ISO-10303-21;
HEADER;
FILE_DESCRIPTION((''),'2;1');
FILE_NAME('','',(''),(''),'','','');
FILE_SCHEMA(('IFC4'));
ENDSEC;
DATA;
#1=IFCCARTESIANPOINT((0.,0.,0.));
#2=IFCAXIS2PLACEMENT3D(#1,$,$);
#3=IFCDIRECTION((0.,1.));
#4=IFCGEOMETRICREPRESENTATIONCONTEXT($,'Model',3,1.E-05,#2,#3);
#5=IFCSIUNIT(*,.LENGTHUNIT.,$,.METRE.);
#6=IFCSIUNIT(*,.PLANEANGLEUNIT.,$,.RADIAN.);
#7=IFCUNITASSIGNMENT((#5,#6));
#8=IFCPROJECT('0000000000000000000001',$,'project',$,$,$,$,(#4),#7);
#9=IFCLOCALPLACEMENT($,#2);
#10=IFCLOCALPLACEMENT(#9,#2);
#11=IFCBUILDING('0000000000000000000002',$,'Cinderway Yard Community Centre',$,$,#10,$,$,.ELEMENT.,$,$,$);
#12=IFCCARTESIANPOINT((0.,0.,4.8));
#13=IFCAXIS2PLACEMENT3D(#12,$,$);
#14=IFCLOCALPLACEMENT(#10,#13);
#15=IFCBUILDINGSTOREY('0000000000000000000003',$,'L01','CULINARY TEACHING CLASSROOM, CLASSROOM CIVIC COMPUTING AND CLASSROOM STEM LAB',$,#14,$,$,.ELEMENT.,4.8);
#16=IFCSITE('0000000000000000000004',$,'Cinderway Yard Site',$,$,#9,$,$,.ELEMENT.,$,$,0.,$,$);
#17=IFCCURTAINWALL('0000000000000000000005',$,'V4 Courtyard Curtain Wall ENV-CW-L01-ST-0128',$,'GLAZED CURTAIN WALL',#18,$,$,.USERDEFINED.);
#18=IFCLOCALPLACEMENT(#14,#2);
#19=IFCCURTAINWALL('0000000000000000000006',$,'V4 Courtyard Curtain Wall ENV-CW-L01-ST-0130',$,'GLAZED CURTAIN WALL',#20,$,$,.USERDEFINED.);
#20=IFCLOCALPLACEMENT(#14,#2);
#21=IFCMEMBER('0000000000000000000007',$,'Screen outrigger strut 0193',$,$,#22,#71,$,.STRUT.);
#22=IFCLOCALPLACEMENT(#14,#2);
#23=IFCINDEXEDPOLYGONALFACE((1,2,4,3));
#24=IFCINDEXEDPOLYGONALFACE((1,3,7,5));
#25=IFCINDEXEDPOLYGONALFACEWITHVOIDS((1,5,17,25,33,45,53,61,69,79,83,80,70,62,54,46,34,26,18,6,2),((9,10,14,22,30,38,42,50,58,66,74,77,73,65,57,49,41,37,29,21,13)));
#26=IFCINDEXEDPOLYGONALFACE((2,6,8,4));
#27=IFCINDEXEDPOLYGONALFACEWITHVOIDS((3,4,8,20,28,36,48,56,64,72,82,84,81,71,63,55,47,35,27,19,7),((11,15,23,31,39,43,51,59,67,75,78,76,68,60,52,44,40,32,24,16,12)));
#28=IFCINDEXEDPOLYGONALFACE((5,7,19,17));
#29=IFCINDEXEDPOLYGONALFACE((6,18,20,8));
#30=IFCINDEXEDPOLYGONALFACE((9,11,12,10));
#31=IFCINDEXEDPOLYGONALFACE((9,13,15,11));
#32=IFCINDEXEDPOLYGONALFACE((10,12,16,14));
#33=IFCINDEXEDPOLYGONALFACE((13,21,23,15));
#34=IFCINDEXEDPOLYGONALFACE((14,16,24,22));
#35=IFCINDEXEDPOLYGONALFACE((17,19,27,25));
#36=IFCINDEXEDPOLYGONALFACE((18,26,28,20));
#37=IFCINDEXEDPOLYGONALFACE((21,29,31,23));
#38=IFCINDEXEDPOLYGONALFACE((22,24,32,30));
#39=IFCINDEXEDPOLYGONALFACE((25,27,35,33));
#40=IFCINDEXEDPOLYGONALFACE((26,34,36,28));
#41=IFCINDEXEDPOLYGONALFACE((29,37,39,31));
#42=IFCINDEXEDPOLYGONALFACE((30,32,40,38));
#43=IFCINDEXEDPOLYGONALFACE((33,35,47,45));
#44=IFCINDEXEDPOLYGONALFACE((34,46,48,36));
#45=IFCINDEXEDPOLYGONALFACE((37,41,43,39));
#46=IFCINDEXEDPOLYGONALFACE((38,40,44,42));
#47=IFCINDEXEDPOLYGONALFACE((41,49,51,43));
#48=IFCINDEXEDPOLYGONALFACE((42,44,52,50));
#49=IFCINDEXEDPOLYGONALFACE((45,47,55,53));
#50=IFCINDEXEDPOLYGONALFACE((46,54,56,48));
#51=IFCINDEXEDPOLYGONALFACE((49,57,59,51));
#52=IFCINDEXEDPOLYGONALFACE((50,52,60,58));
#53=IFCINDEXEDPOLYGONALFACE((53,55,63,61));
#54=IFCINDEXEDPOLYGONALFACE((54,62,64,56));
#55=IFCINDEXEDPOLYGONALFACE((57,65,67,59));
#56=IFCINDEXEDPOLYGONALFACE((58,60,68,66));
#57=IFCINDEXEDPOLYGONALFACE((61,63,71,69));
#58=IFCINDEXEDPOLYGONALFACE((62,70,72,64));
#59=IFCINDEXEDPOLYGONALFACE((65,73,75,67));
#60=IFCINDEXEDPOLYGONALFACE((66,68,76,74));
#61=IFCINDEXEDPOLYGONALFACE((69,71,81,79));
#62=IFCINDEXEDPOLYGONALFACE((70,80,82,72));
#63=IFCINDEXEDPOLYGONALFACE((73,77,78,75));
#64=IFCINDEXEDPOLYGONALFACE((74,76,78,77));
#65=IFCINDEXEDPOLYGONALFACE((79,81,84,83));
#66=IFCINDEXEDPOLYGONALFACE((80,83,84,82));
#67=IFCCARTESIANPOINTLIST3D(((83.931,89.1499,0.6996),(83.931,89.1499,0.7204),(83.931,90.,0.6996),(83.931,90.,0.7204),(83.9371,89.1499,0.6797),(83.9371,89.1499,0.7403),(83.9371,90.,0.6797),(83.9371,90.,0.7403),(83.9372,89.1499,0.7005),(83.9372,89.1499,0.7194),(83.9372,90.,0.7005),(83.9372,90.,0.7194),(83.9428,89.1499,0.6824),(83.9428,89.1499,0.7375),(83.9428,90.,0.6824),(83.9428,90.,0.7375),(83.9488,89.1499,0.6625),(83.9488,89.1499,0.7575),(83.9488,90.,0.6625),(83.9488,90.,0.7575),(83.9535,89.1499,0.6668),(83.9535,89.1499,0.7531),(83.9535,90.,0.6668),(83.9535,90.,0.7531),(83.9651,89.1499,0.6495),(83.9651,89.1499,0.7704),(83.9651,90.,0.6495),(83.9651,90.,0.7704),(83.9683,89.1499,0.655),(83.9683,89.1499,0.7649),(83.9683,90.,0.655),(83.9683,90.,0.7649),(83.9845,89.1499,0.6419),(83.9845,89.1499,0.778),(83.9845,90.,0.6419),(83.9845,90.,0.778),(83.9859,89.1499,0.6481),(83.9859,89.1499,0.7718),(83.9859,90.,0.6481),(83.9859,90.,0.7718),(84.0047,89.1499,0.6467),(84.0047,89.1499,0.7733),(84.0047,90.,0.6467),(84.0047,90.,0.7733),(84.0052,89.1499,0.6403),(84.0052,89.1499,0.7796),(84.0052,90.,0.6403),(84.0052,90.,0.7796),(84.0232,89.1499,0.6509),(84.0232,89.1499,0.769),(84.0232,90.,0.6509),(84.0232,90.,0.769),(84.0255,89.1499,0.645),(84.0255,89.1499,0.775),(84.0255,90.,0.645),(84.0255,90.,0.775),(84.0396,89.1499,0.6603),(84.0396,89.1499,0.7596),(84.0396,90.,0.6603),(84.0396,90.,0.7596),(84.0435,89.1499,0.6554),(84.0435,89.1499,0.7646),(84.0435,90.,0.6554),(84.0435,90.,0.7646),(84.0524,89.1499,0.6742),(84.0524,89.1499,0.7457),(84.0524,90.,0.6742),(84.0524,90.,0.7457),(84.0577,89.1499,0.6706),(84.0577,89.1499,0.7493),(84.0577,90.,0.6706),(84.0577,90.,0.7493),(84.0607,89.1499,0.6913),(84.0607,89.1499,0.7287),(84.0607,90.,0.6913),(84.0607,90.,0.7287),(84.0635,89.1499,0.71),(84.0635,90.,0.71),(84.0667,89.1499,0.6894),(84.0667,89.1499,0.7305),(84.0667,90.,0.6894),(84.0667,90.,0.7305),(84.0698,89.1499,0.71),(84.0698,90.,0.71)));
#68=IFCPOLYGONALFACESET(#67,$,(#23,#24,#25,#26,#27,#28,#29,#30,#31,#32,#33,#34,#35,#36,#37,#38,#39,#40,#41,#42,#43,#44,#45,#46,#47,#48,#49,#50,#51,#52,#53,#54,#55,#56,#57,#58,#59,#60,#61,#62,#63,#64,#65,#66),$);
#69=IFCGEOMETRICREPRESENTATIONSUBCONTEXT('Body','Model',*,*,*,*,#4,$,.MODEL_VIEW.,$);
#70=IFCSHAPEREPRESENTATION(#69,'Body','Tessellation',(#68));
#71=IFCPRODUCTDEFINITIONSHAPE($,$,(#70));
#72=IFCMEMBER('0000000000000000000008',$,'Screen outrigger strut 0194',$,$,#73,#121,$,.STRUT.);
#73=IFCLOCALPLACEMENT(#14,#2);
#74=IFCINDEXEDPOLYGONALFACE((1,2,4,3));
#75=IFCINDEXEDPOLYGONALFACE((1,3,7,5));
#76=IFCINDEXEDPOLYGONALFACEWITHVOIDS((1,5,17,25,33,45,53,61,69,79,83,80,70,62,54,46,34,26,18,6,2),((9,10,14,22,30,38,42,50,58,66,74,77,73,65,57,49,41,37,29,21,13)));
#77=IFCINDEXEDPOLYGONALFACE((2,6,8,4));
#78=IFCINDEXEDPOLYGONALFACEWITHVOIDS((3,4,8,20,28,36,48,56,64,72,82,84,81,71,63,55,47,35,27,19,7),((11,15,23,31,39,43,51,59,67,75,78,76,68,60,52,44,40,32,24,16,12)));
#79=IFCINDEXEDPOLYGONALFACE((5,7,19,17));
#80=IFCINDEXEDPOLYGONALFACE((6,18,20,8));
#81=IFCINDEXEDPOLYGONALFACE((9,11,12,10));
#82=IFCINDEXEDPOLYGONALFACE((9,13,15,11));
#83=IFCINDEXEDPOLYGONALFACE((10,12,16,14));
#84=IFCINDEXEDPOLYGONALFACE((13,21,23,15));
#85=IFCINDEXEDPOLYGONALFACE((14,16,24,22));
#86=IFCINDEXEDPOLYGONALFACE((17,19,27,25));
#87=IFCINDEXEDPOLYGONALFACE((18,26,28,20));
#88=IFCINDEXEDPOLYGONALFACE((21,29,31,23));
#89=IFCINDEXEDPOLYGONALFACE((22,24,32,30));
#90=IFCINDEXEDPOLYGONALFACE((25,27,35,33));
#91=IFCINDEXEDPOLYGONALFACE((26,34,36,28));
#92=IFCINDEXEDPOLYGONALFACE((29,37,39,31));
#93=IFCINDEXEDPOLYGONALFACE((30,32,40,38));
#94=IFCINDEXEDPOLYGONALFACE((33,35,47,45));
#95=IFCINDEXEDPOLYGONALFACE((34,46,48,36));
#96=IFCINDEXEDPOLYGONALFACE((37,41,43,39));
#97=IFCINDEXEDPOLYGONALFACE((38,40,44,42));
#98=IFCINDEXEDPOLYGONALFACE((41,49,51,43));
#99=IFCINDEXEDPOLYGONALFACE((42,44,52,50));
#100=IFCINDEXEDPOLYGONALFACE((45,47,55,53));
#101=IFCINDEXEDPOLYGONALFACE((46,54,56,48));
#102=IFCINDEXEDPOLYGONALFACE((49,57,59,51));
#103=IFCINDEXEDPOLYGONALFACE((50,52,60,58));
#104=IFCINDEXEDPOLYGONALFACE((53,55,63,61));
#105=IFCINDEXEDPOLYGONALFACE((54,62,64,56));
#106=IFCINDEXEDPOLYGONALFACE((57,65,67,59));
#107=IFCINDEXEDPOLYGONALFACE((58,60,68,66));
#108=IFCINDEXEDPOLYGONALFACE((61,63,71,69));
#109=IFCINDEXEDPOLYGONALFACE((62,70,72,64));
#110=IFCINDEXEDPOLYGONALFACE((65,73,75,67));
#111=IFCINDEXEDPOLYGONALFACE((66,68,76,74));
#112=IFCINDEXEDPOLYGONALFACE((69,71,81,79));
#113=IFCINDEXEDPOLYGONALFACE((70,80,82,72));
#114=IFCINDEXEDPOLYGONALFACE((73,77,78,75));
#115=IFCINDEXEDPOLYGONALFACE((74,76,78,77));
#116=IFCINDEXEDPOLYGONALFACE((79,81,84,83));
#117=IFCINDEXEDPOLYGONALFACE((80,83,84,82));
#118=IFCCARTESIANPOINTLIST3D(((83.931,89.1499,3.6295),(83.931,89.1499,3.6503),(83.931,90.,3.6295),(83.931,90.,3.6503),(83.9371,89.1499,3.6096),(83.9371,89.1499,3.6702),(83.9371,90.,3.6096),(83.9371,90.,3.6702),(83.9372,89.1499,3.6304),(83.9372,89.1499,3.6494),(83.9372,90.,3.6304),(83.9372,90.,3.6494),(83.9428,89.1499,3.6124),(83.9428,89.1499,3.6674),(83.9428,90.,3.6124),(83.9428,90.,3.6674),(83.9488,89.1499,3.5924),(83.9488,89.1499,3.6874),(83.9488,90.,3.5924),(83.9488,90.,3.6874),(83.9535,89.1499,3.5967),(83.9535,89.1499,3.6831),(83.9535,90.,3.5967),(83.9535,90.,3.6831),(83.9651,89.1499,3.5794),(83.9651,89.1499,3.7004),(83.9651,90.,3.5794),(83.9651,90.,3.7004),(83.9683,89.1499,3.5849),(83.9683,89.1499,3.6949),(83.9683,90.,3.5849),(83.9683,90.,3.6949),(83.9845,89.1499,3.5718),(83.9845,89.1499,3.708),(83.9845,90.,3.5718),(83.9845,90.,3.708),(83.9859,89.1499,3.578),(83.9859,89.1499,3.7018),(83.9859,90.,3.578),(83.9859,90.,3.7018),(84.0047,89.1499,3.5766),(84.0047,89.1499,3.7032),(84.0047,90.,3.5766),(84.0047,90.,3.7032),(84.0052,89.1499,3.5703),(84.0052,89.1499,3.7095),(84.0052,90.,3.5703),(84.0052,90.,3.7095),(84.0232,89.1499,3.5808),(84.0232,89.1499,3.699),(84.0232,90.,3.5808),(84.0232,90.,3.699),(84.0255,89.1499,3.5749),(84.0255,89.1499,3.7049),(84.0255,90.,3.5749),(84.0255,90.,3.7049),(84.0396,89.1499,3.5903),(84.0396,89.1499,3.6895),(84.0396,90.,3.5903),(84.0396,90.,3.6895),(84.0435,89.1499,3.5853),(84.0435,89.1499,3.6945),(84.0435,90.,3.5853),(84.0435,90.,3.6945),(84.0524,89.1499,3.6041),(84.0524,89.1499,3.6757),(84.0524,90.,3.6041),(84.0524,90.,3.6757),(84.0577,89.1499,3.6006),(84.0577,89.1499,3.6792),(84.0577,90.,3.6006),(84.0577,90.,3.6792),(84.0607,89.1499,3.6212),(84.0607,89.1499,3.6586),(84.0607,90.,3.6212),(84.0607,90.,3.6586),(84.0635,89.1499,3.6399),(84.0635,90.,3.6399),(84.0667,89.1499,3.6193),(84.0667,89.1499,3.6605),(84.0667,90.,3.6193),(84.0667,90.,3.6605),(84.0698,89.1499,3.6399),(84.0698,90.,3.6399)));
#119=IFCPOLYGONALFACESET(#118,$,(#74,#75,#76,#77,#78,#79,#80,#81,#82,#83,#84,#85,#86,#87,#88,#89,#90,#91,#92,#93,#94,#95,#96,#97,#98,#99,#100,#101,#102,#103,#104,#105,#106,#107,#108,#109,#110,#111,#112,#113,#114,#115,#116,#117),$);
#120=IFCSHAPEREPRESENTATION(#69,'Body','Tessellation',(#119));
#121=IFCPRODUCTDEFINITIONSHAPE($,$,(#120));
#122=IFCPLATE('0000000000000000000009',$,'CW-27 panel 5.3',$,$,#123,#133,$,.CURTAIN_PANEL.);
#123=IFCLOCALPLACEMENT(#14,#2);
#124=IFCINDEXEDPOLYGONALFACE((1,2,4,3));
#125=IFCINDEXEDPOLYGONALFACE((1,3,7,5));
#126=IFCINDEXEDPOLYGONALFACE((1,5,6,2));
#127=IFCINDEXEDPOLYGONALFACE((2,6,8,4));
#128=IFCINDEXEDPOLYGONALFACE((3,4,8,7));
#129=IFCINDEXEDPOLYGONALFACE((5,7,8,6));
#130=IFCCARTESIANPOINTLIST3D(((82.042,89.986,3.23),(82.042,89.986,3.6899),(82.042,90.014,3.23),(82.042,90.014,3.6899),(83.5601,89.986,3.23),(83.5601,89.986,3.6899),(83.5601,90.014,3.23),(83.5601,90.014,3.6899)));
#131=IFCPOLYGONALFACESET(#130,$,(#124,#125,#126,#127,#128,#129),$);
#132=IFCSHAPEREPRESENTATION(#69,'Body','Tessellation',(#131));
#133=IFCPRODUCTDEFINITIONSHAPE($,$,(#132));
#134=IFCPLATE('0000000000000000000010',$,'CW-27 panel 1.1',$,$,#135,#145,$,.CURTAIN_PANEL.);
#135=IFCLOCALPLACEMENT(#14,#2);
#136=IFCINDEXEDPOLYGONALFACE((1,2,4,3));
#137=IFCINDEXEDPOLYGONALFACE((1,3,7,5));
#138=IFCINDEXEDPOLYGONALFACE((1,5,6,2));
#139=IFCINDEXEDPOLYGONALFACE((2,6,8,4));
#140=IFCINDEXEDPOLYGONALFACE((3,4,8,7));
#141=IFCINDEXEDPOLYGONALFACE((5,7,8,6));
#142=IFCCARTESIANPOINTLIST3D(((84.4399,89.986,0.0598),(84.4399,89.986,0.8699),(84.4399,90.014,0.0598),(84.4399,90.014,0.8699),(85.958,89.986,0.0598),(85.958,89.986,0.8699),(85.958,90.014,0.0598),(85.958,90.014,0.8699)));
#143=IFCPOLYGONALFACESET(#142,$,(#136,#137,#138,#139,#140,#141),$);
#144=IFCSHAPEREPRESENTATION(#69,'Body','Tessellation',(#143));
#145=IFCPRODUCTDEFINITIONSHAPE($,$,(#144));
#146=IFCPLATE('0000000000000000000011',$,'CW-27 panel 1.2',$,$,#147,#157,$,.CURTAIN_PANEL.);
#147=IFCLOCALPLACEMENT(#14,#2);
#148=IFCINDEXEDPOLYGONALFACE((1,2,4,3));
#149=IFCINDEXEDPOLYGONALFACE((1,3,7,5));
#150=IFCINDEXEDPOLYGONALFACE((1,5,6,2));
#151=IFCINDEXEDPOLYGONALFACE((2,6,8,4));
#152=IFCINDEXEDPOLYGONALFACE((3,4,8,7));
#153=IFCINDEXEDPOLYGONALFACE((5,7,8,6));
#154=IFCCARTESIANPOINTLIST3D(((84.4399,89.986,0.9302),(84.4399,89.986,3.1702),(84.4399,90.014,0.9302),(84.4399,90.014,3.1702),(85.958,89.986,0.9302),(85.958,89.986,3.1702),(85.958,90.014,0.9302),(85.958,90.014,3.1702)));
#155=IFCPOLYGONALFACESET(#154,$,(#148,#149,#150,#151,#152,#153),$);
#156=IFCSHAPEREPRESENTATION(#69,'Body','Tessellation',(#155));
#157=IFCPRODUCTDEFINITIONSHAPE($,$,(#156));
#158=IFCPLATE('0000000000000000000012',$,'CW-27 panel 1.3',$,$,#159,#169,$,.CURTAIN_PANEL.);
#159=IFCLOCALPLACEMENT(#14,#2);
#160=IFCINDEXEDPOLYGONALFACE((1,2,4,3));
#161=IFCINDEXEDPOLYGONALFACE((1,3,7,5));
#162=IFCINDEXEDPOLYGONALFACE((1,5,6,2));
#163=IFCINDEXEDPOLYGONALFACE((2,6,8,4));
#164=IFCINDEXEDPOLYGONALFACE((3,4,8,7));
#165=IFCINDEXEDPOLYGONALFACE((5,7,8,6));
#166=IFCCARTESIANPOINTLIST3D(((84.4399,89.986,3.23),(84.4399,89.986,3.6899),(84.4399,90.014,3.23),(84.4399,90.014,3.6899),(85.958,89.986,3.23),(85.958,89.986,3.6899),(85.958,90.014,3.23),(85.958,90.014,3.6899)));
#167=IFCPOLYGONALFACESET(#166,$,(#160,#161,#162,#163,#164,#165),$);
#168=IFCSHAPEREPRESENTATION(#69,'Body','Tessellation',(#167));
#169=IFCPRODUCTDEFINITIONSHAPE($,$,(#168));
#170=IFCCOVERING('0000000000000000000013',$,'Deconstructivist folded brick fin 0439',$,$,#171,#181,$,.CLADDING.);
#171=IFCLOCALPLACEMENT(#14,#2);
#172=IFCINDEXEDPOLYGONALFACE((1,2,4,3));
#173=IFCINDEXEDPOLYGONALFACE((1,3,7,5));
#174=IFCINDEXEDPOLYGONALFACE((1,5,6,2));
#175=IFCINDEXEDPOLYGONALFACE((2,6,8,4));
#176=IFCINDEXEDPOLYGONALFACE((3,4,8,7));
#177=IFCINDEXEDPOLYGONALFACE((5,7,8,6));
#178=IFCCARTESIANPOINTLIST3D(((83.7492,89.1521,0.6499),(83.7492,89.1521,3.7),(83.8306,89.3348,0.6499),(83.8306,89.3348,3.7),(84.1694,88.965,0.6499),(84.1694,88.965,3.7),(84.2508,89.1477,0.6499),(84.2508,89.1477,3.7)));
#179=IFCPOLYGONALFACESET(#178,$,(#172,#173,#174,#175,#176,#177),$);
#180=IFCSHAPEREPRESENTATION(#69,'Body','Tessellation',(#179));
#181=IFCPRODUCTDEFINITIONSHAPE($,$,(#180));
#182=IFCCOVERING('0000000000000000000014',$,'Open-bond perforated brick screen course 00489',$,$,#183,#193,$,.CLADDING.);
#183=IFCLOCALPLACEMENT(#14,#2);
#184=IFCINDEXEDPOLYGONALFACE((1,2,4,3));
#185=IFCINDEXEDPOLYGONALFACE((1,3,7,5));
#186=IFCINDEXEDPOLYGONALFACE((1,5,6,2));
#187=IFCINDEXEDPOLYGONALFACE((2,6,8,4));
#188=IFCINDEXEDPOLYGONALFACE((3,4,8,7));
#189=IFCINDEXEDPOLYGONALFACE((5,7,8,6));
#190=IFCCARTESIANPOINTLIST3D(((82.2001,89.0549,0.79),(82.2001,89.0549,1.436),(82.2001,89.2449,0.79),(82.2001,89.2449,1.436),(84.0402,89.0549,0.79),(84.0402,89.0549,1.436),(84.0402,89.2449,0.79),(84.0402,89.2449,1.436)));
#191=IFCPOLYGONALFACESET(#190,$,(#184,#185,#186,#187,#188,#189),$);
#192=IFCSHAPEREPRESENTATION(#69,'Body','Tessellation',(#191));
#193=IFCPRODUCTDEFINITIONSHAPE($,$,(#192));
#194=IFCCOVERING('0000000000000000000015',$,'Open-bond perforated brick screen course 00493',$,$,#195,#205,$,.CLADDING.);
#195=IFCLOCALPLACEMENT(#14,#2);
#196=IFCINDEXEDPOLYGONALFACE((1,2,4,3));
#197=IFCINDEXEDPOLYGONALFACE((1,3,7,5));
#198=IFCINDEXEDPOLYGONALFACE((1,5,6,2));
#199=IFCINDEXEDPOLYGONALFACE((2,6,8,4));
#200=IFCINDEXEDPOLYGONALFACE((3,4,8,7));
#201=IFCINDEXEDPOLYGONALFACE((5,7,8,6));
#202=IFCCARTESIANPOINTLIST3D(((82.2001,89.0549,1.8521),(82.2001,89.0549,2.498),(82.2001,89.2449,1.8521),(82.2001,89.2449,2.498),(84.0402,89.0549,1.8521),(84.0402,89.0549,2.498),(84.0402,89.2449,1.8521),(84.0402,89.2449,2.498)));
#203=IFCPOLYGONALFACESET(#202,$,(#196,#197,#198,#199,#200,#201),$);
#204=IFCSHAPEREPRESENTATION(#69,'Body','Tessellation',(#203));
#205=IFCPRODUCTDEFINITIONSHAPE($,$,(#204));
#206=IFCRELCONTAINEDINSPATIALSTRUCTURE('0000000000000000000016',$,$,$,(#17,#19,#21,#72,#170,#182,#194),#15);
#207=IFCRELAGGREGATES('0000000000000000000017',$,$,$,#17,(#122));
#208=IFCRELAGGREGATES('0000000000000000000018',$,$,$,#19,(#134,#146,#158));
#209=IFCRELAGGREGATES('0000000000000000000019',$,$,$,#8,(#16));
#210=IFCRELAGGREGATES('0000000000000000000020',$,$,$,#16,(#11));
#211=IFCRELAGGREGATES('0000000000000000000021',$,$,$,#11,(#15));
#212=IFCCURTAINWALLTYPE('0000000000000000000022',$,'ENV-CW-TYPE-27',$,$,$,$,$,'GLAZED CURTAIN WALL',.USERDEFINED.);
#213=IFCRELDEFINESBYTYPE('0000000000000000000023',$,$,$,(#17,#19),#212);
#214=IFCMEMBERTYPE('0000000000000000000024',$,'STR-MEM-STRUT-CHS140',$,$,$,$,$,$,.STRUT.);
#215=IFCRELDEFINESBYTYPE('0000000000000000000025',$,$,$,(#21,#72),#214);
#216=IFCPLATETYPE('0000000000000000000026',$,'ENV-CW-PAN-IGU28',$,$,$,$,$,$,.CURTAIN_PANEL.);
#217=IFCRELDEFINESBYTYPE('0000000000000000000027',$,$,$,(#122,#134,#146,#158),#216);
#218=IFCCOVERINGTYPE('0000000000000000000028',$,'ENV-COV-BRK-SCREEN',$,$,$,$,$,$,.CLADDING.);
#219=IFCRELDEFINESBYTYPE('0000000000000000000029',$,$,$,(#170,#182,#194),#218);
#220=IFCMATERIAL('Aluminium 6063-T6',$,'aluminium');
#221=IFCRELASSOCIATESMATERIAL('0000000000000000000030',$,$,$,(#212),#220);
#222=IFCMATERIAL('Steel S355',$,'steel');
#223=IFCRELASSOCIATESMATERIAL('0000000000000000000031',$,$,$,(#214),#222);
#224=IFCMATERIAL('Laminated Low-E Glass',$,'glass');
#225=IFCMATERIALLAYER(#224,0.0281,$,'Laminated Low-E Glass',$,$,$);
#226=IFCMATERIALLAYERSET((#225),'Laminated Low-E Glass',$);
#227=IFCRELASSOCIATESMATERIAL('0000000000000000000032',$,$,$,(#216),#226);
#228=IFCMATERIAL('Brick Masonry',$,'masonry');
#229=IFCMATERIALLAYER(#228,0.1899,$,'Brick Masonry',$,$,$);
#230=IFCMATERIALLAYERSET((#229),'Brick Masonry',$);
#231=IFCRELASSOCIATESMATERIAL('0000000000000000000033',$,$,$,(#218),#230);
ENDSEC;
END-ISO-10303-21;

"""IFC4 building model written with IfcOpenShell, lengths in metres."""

from ifc_helpers import new_model, si_unit, direction, frame, origin, origin_2d, place, context, subcontext, project, spatial, rectangle, hollow_circle, extrude, material, layer, layer_set, material_profile, profile_set, type_object, element, aggregate, save


model = new_model("IFC4")

# Units and contexts
model_context = context("Model", 3, precision=1e-05, world=origin(), true_north=direction((0.0, 1.0)))
body_context = subcontext(model_context, "Body", "Model", "MODEL_VIEW")
ifc_project = project(units=[si_unit("LENGTHUNIT", "METRE"), si_unit("PLANEANGLEUNIT", "RADIAN")], contexts=[model_context])

# Site, building, storey
site_placement = place(None, origin())
site = spatial("IfcSite", under=ifc_project, at=site_placement, Name="Cinderway Yard Site", CompositionType="ELEMENT", RefElevation=0.0)
building_placement = place(site_placement, origin())
building = spatial("IfcBuilding", under=site, at=building_placement, Name="Cinderway Yard Community Centre", CompositionType="ELEMENT")
storey_placement = place(building_placement, frame((0.0, 0.0, 4.8)))
storey = spatial("IfcBuildingStorey", under=building, at=storey_placement, Name="L01", Description="CULINARY TEACHING CLASSROOM, CLASSROOM CIVIC COMPUTING AND CLASSROOM STEM LAB", CompositionType="ELEMENT", Elevation=4.8)

# Curtain wall
ifc_material_1 = material(Name="Aluminium 6063-T6", Category="aluminium")
curtain_wall_type = type_object("IfcCurtainWallType", Name="ENV-CW-TYPE-27", ElementType="GLAZED CURTAIN WALL", PredefinedType="USERDEFINED", material=ifc_material_1)
curtain_wall_1_placement = place(storey_placement, origin())
curtain_wall_1 = element("IfcCurtainWall", 1, at=curtain_wall_1_placement, inside=storey, type_object=curtain_wall_type, Name="V4 Courtyard Curtain Wall ENV-CW-L01-ST-0128", ObjectType="GLAZED CURTAIN WALL", PredefinedType="USERDEFINED")

# Curtain wall
curtain_wall_2_placement = place(storey_placement, origin())
curtain_wall_2 = element("IfcCurtainWall", 2, at=curtain_wall_2_placement, inside=storey, type_object=curtain_wall_type, Name="V4 Courtyard Curtain Wall ENV-CW-L01-ST-0130", ObjectType="GLAZED CURTAIN WALL", PredefinedType="USERDEFINED")

# Shared definitions
ifc_material_2 = material(Name="Steel S355", Category="steel")

# Members
ifc_material_profile_1 = material_profile(ifc_material_2, hollow_circle(Radius=0.0698, WallThickness=0.0063, at=origin_2d()), Name="Steel S355")
ifc_profile_set_1 = profile_set([ifc_material_profile_1], Name="Steel S355")
member_type_1 = type_object("IfcMemberType", Name="STR-MEM-STRUT-CHS140", PredefinedType="STRUT", material=ifc_profile_set_1)
for number, where, z_axis, x_axis, name in (
    (3, (84.0, 90.0, 0.71), (0.0, -1.0, 0.0), (1.0, 0.0, 0.0), "Screen outrigger strut 0193"),
    (4, (84.0, 90.0, 3.6399), (0.0, -1.0, 0.0), (1.0, 0.0, 0.0), "Screen outrigger strut 0194"),
):
    element("IfcMember", number, at=place(storey_placement, frame(where, z_axis=z_axis, x_axis=x_axis)), inside=storey, type_object=member_type_1, Name=name, PredefinedType="STRUT", context=body_context, shape_type="SweptSolid", body=[
        extrude(hollow_circle(Radius=0.0698, WallThickness=0.0063, at=origin_2d()), origin(), (0.0, 0.0, 1.0), 0.8501),
    ])

# Plates
ifc_material_3 = material(Name="Laminated Low-E Glass", Category="glass")
ifc_layer_1 = layer(ifc_material_3, 0.0281, Name="Laminated Low-E Glass")
ifc_layer_set_1 = layer_set([ifc_layer_1], Name="Laminated Low-E Glass")
plate_type = type_object("IfcPlateType", Name="ENV-CW-PAN-IGU28", PredefinedType="CURTAIN_PANEL", material=ifc_layer_set_1)
plate_1_placement = place(storey_placement, frame((82.801, 90.0, 3.23), z_axis=(0.0, 0.0, 1.0), x_axis=(1.0, 0.0, 0.0)))
plate_1 = element("IfcPlate", 5, at=plate_1_placement, type_object=plate_type, Name="CW-27 panel 5.3", PredefinedType="CURTAIN_PANEL", context=body_context, shape_type="SweptSolid", body=[
    extrude(rectangle(XDim=1.5181, YDim=0.0281, at=origin_2d()), origin(), (0.0, 0.0, 1.0), 0.46),
])
aggregate(curtain_wall_1, [plate_1])
plate_2_placement = place(storey_placement, frame((85.199, 90.0, 0.0598), z_axis=(0.0, 0.0, 1.0), x_axis=(1.0, 0.0, 0.0)))
plate_2 = element("IfcPlate", 6, at=plate_2_placement, type_object=plate_type, Name="CW-27 panel 1.1", PredefinedType="CURTAIN_PANEL", context=body_context, shape_type="SweptSolid", body=[
    extrude(rectangle(XDim=1.5181, YDim=0.0281, at=origin_2d()), origin(), (0.0, 0.0, 1.0), 0.8101),
])
plate_3_placement = place(storey_placement, frame((85.199, 90.0, 0.9302), z_axis=(0.0, 0.0, 1.0), x_axis=(1.0, 0.0, 0.0)))
plate_3 = element("IfcPlate", 7, at=plate_3_placement, type_object=plate_type, Name="CW-27 panel 1.2", PredefinedType="CURTAIN_PANEL", context=body_context, shape_type="SweptSolid", body=[
    extrude(rectangle(XDim=1.5181, YDim=0.0281, at=origin_2d()), origin(), (0.0, 0.0, 1.0), 2.24),
])
plate_4_placement = place(storey_placement, frame((85.199, 90.0, 3.23), z_axis=(0.0, 0.0, 1.0), x_axis=(1.0, 0.0, 0.0)))
plate_4 = element("IfcPlate", 8, at=plate_4_placement, type_object=plate_type, Name="CW-27 panel 1.3", PredefinedType="CURTAIN_PANEL", context=body_context, shape_type="SweptSolid", body=[
    extrude(rectangle(XDim=1.5181, YDim=0.0281, at=origin_2d()), origin(), (0.0, 0.0, 1.0), 0.46),
])
aggregate(curtain_wall_2, [plate_2, plate_3, plate_4])

# Coverings
ifc_material_4 = material(Name="Brick Masonry", Category="masonry")
ifc_layer_2 = layer(ifc_material_4, 0.1899, Name="Brick Masonry")
ifc_layer_set_2 = layer_set([ifc_layer_2], Name="Brick Masonry")
covering_type = type_object("IfcCoveringType", Name="ENV-COV-BRK-SCREEN", PredefinedType="CLADDING", material=ifc_layer_set_2)
covering_placement = place(storey_placement, frame((84.0, 89.1499, 0.6499), z_axis=(0.0, 0.0, 1.0), x_axis=(-0.913545, 0.406737, 0.0)))
element("IfcCovering", 9, at=covering_placement, inside=storey, type_object=covering_type, Name="Deconstructivist folded brick fin 0439", PredefinedType="CLADDING", context=body_context, shape_type="SweptSolid", body=[
    extrude(rectangle(XDim=0.46, YDim=0.2, at=origin_2d()), origin(), (0.0, 0.0, 1.0), 3.05),
])
for number, where, z_axis, x_axis, name in (
    (10, (83.1201, 89.1499, 0.79), (0.0, 0.0, 1.0), (-1.0, 0.0, 0.0), "Open-bond perforated brick screen course 00489"),
    (11, (83.1201, 89.1499, 1.8521), (0.0, 0.0, 1.0), (-1.0, 0.0, 0.0), "Open-bond perforated brick screen course 00493"),
):
    element("IfcCovering", number, at=place(storey_placement, frame(where, z_axis=z_axis, x_axis=x_axis)), inside=storey, type_object=covering_type, Name=name, PredefinedType="CLADDING", context=body_context, shape_type="SweptSolid", body=[
        extrude(rectangle(XDim=1.8401, YDim=0.1899, at=origin_2d()), origin(), (0.0, 0.0, 1.0), 0.646),
    ])

save(model, "model.ifc")
